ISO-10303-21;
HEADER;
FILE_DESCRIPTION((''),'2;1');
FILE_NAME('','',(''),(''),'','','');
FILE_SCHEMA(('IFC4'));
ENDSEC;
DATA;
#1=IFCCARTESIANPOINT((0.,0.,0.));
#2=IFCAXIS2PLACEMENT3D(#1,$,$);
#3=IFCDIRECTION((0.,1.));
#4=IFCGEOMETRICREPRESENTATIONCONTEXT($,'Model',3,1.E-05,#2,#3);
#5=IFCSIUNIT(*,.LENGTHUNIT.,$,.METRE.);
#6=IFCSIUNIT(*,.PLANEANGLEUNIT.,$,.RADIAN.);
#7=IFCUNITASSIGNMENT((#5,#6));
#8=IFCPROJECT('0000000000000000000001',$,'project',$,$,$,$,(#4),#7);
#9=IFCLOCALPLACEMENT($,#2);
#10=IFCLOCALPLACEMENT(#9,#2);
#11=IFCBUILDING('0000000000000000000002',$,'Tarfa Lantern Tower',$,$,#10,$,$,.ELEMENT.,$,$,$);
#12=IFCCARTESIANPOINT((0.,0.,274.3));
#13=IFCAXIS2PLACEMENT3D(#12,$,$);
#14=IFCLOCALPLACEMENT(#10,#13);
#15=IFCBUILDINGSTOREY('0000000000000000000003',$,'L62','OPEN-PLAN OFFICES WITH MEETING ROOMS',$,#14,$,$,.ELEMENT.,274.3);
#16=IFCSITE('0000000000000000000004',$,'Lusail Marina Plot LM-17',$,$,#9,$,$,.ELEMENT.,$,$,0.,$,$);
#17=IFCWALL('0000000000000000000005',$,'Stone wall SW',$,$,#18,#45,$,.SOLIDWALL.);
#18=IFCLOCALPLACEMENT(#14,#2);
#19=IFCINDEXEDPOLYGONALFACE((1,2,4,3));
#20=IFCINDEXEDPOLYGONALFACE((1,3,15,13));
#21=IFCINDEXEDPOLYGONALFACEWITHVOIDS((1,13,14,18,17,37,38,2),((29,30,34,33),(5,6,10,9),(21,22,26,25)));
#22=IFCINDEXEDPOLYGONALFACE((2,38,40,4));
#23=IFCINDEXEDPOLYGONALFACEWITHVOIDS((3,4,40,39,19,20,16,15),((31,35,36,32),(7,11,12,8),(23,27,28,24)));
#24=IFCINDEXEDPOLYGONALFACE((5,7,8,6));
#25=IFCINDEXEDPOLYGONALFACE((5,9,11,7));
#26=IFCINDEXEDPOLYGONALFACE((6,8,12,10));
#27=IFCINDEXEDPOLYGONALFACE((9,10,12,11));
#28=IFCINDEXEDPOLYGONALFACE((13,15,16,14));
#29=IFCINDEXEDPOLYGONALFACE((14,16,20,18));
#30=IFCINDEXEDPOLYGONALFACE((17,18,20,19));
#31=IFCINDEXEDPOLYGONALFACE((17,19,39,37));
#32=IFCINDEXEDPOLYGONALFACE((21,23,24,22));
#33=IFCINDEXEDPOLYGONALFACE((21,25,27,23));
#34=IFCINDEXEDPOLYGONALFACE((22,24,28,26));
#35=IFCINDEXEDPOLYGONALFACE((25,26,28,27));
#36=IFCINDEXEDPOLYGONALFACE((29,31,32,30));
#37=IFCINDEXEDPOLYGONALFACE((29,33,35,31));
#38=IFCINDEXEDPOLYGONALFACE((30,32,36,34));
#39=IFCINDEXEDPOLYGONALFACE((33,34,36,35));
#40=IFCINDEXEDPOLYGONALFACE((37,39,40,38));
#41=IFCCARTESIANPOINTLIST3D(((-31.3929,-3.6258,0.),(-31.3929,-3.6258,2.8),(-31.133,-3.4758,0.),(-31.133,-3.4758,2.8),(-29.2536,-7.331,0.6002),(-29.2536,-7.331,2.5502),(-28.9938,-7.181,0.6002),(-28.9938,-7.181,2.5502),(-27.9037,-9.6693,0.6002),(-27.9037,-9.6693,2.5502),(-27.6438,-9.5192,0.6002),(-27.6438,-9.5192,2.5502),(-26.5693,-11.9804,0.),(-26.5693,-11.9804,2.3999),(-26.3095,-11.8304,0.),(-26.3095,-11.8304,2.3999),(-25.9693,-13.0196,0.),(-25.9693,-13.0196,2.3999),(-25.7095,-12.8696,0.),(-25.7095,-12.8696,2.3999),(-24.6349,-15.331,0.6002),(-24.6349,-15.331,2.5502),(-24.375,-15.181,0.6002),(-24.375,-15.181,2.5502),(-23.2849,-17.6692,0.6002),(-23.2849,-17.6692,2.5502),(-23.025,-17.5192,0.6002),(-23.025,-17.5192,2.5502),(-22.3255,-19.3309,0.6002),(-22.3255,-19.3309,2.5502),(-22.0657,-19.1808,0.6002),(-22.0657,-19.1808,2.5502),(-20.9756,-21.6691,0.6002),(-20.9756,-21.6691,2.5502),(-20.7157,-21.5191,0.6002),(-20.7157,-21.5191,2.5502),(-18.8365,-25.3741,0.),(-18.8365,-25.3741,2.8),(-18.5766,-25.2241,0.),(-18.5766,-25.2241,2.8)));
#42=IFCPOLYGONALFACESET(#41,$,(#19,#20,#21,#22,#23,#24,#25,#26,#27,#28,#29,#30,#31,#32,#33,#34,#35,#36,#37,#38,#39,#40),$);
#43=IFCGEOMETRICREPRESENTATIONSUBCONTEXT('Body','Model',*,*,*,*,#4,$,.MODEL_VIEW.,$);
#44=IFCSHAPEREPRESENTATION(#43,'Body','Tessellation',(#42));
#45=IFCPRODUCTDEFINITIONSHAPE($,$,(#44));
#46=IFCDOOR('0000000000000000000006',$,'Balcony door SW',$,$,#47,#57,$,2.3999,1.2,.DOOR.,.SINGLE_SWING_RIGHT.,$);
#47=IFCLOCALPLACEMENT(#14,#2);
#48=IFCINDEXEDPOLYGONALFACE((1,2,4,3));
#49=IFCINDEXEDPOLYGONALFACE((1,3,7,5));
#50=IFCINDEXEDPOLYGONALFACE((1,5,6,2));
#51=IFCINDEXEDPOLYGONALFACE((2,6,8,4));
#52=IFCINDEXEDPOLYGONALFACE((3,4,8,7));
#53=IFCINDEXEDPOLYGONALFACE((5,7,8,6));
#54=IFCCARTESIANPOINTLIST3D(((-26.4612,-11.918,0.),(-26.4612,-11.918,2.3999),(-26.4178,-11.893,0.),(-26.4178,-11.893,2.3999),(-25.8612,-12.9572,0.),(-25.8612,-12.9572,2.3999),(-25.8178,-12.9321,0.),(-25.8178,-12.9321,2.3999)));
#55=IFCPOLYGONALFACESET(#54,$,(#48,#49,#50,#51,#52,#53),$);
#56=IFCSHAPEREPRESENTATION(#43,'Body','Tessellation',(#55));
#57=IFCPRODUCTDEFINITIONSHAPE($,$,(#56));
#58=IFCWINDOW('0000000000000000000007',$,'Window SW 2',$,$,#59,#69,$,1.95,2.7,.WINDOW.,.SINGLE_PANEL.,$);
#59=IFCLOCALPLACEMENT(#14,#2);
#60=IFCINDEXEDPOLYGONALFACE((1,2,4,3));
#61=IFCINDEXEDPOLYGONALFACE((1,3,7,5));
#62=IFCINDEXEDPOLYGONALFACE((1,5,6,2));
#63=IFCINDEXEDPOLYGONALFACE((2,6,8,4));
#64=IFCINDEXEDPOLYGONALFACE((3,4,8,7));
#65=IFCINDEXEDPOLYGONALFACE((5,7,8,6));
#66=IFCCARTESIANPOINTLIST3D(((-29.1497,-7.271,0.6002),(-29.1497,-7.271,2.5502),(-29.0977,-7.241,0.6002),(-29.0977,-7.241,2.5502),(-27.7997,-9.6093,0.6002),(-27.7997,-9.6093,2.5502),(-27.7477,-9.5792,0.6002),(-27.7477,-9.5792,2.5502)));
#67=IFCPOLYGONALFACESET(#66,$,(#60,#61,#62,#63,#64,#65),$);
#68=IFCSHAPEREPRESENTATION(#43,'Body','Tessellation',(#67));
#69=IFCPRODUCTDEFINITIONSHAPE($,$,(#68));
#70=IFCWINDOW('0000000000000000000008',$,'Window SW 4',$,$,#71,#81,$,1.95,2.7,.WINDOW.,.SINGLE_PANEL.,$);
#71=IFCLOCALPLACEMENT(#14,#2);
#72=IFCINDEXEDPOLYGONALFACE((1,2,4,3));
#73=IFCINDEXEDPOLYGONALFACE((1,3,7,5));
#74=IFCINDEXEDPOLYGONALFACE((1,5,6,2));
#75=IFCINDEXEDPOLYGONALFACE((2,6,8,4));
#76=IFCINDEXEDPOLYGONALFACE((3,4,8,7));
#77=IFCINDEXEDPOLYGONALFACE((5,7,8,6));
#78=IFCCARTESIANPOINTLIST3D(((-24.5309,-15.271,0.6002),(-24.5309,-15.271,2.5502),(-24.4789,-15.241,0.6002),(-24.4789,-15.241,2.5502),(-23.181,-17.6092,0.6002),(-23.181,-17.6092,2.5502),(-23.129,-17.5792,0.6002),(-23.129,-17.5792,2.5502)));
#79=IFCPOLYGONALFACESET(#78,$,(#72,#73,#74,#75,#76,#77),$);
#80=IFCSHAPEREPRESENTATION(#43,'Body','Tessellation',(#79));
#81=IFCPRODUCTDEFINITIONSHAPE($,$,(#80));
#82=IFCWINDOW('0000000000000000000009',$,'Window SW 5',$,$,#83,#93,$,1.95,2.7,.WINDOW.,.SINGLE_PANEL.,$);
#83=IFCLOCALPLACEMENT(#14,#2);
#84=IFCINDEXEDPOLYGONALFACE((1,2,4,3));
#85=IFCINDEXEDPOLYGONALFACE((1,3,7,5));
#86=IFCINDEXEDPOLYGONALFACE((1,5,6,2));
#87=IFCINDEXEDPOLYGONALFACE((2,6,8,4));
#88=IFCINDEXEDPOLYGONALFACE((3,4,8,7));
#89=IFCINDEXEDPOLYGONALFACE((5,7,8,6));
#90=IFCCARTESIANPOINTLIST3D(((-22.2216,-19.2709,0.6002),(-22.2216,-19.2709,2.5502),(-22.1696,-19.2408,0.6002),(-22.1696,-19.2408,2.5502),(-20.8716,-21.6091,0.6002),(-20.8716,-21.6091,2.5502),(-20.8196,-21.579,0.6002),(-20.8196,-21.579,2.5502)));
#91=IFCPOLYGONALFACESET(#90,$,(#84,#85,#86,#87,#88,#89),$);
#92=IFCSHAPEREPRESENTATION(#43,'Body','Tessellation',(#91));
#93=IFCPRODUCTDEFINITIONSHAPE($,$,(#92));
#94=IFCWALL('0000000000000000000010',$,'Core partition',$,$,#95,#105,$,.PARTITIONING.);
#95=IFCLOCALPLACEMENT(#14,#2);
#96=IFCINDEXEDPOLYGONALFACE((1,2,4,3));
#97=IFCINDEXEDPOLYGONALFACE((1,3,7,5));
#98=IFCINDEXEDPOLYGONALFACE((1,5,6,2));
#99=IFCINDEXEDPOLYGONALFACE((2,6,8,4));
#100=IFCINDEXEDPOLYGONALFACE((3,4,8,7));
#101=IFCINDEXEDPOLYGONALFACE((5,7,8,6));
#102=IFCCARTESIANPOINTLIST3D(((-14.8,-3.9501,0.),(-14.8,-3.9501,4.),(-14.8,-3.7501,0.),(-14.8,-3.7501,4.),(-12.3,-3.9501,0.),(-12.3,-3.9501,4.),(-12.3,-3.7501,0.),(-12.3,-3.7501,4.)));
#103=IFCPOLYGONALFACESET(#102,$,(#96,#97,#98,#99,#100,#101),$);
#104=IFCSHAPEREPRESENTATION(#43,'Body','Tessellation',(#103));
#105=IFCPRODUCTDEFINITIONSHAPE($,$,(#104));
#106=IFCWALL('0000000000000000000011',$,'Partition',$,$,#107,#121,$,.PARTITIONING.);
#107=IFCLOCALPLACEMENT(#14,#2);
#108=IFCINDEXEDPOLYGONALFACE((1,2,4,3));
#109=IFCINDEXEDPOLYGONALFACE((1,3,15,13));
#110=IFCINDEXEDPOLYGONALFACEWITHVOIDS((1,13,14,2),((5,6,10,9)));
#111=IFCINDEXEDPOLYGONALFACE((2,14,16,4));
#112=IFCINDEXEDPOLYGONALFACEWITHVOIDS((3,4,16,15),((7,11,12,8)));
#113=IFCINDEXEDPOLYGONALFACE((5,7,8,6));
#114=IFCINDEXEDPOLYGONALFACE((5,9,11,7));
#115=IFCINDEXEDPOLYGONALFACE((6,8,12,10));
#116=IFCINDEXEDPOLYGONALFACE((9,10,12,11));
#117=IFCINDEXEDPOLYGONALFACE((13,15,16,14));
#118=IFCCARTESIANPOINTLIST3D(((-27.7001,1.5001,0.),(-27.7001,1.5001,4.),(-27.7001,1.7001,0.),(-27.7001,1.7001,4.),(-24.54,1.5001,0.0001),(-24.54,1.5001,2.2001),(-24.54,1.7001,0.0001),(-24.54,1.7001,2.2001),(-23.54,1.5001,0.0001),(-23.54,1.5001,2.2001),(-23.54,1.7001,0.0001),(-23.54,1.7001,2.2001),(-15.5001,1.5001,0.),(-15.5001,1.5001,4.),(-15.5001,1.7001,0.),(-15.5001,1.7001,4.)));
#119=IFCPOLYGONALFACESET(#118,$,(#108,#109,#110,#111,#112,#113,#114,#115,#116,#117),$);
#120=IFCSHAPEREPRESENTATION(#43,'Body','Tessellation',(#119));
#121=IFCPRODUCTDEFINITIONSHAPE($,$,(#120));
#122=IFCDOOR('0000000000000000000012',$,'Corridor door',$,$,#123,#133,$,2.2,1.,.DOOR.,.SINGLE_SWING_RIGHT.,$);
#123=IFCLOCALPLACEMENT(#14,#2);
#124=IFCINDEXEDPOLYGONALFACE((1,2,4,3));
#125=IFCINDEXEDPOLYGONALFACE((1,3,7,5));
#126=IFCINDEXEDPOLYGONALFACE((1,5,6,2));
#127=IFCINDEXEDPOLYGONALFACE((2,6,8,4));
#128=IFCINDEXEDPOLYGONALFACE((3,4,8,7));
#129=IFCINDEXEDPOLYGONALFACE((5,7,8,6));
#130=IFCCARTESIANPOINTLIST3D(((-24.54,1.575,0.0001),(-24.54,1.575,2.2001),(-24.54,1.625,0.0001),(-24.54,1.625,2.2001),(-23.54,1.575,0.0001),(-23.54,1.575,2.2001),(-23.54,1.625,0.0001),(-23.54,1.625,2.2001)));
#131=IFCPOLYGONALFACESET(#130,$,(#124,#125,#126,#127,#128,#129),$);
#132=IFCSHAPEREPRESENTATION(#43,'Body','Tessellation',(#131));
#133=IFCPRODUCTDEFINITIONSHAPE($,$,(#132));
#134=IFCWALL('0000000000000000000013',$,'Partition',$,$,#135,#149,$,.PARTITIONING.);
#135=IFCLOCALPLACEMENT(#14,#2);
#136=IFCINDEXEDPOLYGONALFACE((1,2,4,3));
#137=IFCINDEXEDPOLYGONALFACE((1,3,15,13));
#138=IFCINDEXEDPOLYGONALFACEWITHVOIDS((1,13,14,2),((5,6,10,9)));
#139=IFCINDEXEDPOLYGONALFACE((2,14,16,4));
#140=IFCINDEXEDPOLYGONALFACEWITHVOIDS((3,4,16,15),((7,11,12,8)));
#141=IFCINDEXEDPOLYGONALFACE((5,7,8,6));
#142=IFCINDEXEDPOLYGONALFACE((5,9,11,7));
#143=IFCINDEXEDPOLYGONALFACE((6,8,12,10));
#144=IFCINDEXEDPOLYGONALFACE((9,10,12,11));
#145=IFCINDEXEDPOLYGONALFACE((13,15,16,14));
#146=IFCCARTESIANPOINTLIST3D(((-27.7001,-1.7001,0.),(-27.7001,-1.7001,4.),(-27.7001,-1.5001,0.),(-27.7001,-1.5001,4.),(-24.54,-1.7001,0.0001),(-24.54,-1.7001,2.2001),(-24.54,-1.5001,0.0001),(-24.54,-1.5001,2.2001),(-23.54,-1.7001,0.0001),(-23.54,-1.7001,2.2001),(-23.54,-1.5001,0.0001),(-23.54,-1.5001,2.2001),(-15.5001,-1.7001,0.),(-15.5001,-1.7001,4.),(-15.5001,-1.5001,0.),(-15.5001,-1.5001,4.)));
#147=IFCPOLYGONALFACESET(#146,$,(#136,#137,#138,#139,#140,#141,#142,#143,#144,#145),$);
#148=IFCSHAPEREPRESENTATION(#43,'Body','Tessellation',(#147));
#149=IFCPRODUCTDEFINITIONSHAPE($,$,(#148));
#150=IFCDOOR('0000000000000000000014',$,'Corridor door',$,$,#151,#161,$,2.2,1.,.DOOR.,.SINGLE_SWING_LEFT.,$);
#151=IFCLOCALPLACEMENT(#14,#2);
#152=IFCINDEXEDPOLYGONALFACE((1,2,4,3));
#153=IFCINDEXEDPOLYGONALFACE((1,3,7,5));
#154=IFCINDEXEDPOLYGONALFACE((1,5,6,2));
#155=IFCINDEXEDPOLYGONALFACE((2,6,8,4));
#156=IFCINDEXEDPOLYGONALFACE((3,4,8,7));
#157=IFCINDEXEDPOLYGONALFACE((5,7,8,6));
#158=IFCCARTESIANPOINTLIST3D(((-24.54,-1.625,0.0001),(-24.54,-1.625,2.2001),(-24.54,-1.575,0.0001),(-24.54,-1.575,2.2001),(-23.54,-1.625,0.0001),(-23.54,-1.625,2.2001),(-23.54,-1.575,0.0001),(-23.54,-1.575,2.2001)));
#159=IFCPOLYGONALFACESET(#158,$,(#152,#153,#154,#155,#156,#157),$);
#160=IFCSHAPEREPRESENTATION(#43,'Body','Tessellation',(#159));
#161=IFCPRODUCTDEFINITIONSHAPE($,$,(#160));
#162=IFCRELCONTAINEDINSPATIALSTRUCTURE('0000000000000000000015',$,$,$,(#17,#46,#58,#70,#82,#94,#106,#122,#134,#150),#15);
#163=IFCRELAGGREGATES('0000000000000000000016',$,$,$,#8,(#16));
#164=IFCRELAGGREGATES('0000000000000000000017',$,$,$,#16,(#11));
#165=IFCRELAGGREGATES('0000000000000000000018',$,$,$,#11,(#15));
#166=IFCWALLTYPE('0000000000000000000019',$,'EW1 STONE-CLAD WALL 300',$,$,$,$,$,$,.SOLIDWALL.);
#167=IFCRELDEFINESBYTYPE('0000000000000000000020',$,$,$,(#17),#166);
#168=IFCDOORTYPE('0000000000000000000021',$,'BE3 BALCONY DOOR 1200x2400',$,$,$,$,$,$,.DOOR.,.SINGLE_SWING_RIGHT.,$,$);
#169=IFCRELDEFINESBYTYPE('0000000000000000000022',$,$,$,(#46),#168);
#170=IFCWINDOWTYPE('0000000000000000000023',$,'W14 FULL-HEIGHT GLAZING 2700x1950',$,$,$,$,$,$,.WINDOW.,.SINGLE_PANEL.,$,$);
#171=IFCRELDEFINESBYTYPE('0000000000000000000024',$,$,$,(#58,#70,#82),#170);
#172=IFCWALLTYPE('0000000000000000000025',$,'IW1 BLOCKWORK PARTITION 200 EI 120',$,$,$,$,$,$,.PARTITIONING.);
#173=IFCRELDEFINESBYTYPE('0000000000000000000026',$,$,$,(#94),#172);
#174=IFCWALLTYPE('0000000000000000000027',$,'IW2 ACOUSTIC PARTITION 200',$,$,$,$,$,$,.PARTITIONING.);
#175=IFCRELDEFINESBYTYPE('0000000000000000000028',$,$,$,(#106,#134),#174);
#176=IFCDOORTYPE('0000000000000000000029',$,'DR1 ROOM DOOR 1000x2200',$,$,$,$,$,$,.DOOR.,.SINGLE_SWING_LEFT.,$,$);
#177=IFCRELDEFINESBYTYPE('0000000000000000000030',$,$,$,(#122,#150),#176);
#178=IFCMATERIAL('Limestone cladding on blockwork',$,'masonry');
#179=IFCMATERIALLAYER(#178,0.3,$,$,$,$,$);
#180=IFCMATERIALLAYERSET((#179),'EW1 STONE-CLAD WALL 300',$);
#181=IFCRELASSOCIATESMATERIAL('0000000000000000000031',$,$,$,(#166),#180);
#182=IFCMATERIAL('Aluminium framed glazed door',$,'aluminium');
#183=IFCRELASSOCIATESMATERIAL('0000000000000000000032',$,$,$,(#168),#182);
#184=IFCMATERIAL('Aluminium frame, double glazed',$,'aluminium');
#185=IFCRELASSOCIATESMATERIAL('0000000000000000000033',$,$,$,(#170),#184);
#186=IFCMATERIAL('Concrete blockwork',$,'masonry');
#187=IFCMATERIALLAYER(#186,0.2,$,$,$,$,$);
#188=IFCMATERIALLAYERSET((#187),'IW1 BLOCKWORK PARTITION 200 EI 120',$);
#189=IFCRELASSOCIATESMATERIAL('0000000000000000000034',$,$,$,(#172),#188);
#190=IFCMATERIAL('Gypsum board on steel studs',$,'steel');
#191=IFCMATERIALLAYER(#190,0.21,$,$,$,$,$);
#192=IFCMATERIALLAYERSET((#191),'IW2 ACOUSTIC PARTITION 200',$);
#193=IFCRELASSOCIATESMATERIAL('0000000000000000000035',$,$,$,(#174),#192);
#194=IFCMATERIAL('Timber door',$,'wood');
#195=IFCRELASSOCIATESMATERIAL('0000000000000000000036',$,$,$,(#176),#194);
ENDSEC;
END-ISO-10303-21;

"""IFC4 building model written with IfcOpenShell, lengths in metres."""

from ifc_helpers import new_model, si_unit, direction, frame, frame_2d, origin, place, context, subcontext, project, spatial, rectangle, extrude, material, layer, layer_set, type_object, element, fill, save


model = new_model("IFC4")

# Units and contexts
model_context = context("Model", 3, precision=1e-05, world=origin(), true_north=direction((0.0, 1.0)))
body_context = subcontext(model_context, "Body", "Model", "MODEL_VIEW")
ifc_project = project(units=[si_unit("LENGTHUNIT", "METRE"), si_unit("PLANEANGLEUNIT", "RADIAN")], contexts=[model_context])

# Site, building, storey
site_placement = place(None, origin())
site = spatial("IfcSite", under=ifc_project, at=site_placement, Name="Lusail Marina Plot LM-17", CompositionType="ELEMENT", RefElevation=0.0)
building_placement = place(site_placement, origin())
building = spatial("IfcBuilding", under=site, at=building_placement, Name="Tarfa Lantern Tower", CompositionType="ELEMENT")
storey_placement = place(building_placement, frame((0.0, 0.0, 274.3)))
storey = spatial("IfcBuildingStorey", under=building, at=storey_placement, Name="L62", Description="OPEN-PLAN OFFICES WITH MEETING ROOMS", CompositionType="ELEMENT", Elevation=274.3)

# Wall, openings, door, windows
ifc_material_1 = material(Name="Limestone cladding on blockwork", Category="masonry")
ifc_layer_1 = layer(ifc_material_1, 0.3)
ifc_layer_set_1 = layer_set([ifc_layer_1], Name="EW1 STONE-CLAD WALL 300")
wall_type_1 = type_object("IfcWallType", Name="EW1 STONE-CLAD WALL 300", PredefinedType="SOLIDWALL", material=ifc_layer_set_1)
wall_1_placement = place(storey_placement, frame((-31.2629, -3.5508, 0.0), z_axis=(0.0, 0.0, 1.0), x_axis=(0.5, -0.866025, 0.0)))
wall_1 = element("IfcWall", 1, at=wall_1_placement, inside=storey, type_object=wall_type_1, Name="Stone wall SW", PredefinedType="SOLIDWALL", context=body_context, shape_type="SweptSolid", body=[
    extrude(rectangle(XDim=25.1128, YDim=0.3, at=frame_2d((12.5564, 0.0))), origin(), (0.0, 0.0, 1.0), 2.8),
])
opening_1_placement = place(wall_1_placement, frame((4.2783, 0.0, 0.6001)))
opening_1 = element("IfcOpeningElement", 2, at=opening_1_placement, cuts=wall_1, PredefinedType="OPENING", context=body_context, shape_type="SweptSolid", body=[
    extrude(rectangle(XDim=2.7, YDim=1.95, at=frame_2d((1.3501, 0.9751))), frame((0.0, 0.1599, 0.0), z_axis=(0.0, -1.0, 0.0), x_axis=(1.0, 0.0, 0.0)), (0.0, 0.0, 1.0), 0.3201),
])
opening_2_placement = place(wall_1_placement, frame((9.647, 0.0, 0.0)))
opening_2 = element("IfcOpeningElement", 3, at=opening_2_placement, cuts=wall_1, PredefinedType="OPENING", context=body_context, shape_type="SweptSolid", body=[
    extrude(rectangle(XDim=1.2, YDim=2.3999, at=frame_2d((0.6001, 1.2))), frame((0.0, 0.1599, 0.0), z_axis=(0.0, -1.0, 0.0), x_axis=(1.0, 0.0, 0.0)), (0.0, 0.0, 1.0), 0.3201),
])
opening_3_placement = place(wall_1_placement, frame((13.5159, 0.0, 0.6001)))
opening_3 = element("IfcOpeningElement", 4, at=opening_3_placement, cuts=wall_1, PredefinedType="OPENING", context=body_context, shape_type="SweptSolid", body=[
    extrude(rectangle(XDim=2.7, YDim=1.95, at=frame_2d((1.3501, 0.9751))), frame((0.0, 0.1599, 0.0), z_axis=(0.0, -1.0, 0.0), x_axis=(1.0, 0.0, 0.0)), (0.0, 0.0, 1.0), 0.3201),
])
opening_4_placement = place(wall_1_placement, frame((18.1345, 0.0, 0.6001)))
opening_4 = element("IfcOpeningElement", 5, at=opening_4_placement, cuts=wall_1, PredefinedType="OPENING", context=body_context, shape_type="SweptSolid", body=[
    extrude(rectangle(XDim=2.7, YDim=1.95, at=frame_2d((1.3501, 0.9751))), frame((0.0, 0.1599, 0.0), z_axis=(0.0, -1.0, 0.0), x_axis=(1.0, 0.0, 0.0)), (0.0, 0.0, 1.0), 0.3201),
])
ifc_material_2 = material(Name="Aluminium framed glazed door", Category="aluminium")
door_type_1 = type_object("IfcDoorType", Name="BE3 BALCONY DOOR 1200x2400", OperationType="SINGLE_SWING_RIGHT", PredefinedType="DOOR", material=ifc_material_2)
door_1_placement = place(opening_2_placement, origin())
door_1 = element("IfcDoor", 6, at=door_1_placement, inside=storey, type_object=door_type_1, Name="Balcony door SW", OperationType="SINGLE_SWING_RIGHT", OverallHeight=2.3999, OverallWidth=1.2, PredefinedType="DOOR", context=body_context, shape_type="SweptSolid", body=[
    extrude(rectangle(XDim=1.2, YDim=2.3999, at=frame_2d((0.6001, 1.2))), frame((0.0, 0.0249, 0.0), z_axis=(0.0, -1.0, 0.0), x_axis=(1.0, 0.0, 0.0)), (0.0, 0.0, 1.0), 0.05),
])
fill(opening_2, door_1)
ifc_material_3 = material(Name="Aluminium frame, double glazed", Category="aluminium")
window_type = type_object("IfcWindowType", Name="W14 FULL-HEIGHT GLAZING 2700x1950", PartitioningType="SINGLE_PANEL", PredefinedType="WINDOW", material=ifc_material_3)
window_1_placement = place(opening_1_placement, origin())
window_1 = element("IfcWindow", 7, at=window_1_placement, inside=storey, type_object=window_type, Name="Window SW 2", OverallHeight=1.95, OverallWidth=2.7, PartitioningType="SINGLE_PANEL", PredefinedType="WINDOW", context=body_context, shape_type="SweptSolid", body=[
    extrude(rectangle(XDim=2.7, YDim=1.95, at=frame_2d((1.3501, 0.9751))), frame((0.0, 0.03, 0.0), z_axis=(0.0, -1.0, 0.0), x_axis=(1.0, 0.0, 0.0)), (0.0, 0.0, 1.0), 0.0601),
])
fill(opening_1, window_1)
window_2_placement = place(opening_3_placement, origin())
window_2 = element("IfcWindow", 8, at=window_2_placement, inside=storey, type_object=window_type, Name="Window SW 4", OverallHeight=1.95, OverallWidth=2.7, PartitioningType="SINGLE_PANEL", PredefinedType="WINDOW", context=body_context, shape_type="SweptSolid", body=[
    extrude(rectangle(XDim=2.7, YDim=1.95, at=frame_2d((1.3501, 0.9751))), frame((0.0, 0.03, 0.0), z_axis=(0.0, -1.0, 0.0), x_axis=(1.0, 0.0, 0.0)), (0.0, 0.0, 1.0), 0.0601),
])
fill(opening_3, window_2)
window_3_placement = place(opening_4_placement, origin())
window_3 = element("IfcWindow", 9, at=window_3_placement, inside=storey, type_object=window_type, Name="Window SW 5", OverallHeight=1.95, OverallWidth=2.7, PartitioningType="SINGLE_PANEL", PredefinedType="WINDOW", context=body_context, shape_type="SweptSolid", body=[
    extrude(rectangle(XDim=2.7, YDim=1.95, at=frame_2d((1.3501, 0.9751))), frame((0.0, 0.03, 0.0), z_axis=(0.0, -1.0, 0.0), x_axis=(1.0, 0.0, 0.0)), (0.0, 0.0, 1.0), 0.0601),
])
fill(opening_4, window_3)

# Wall
ifc_material_4 = material(Name="Concrete blockwork", Category="masonry")
ifc_layer_2 = layer(ifc_material_4, 0.2)
ifc_layer_set_2 = layer_set([ifc_layer_2], Name="IW1 BLOCKWORK PARTITION 200 EI 120")
wall_type_2 = type_object("IfcWallType", Name="IW1 BLOCKWORK PARTITION 200 EI 120", PredefinedType="PARTITIONING", material=ifc_layer_set_2)
wall_2_placement = place(storey_placement, frame((-12.3, -3.8501, 0.0), z_axis=(0.0, 0.0, 1.0), x_axis=(-1.0, 0.0, 0.0)))
element("IfcWall", 10, at=wall_2_placement, inside=storey, type_object=wall_type_2, Name="Core partition", PredefinedType="PARTITIONING", context=body_context, shape_type="SweptSolid", body=[
    extrude(rectangle(XDim=2.5, YDim=0.2, at=frame_2d((1.25, 0.0))), origin(), (0.0, 0.0, 1.0), 4.0),
])

# Walls, openings, doors
ifc_material_5 = material(Name="Gypsum board on steel studs", Category="steel")
ifc_layer_3 = layer(ifc_material_5, 0.21)
ifc_layer_set_3 = layer_set([ifc_layer_3], Name="IW2 ACOUSTIC PARTITION 200")
wall_type_3 = type_object("IfcWallType", Name="IW2 ACOUSTIC PARTITION 200", PredefinedType="PARTITIONING", material=ifc_layer_set_3)
wall_3_placement = place(storey_placement, frame((-15.5, 1.6001, 0.0), z_axis=(0.0, 0.0, 1.0), x_axis=(-1.0, 0.0, 0.0)))
wall_3 = element("IfcWall", 11, at=wall_3_placement, inside=storey, type_object=wall_type_3, Name="Partition", PredefinedType="PARTITIONING", context=body_context, shape_type="SweptSolid", body=[
    extrude(rectangle(XDim=12.2, YDim=0.2, at=frame_2d((6.1001, 0.0))), origin(), (0.0, 0.0, 1.0), 4.0),
])
opening_5_placement = place(wall_3_placement, frame((8.04, 0.0, 0.0)))
opening_5 = element("IfcOpeningElement", 12, at=opening_5_placement, cuts=wall_3, PredefinedType="OPENING", context=body_context, shape_type="SweptSolid", body=[
    extrude(rectangle(XDim=1.0, YDim=2.2, at=frame_2d((0.5, 1.1001))), frame((0.0, 0.1099, 0.0), z_axis=(0.0, -1.0, 0.0), x_axis=(1.0, 0.0, 0.0)), (0.0, 0.0, 1.0), 0.22),
])
ifc_material_6 = material(Name="Timber door", Category="wood")
door_type_2 = type_object("IfcDoorType", Name="DR1 ROOM DOOR 1000x2200", OperationType="SINGLE_SWING_LEFT", PredefinedType="DOOR", material=ifc_material_6)
door_2_placement = place(opening_5_placement, frame((1.0, 0.0, 0.0), z_axis=(0.0, 0.0, 1.0), x_axis=(-1.0, 0.0, 0.0)))
door_2 = element("IfcDoor", 13, at=door_2_placement, inside=storey, type_object=door_type_2, Name="Corridor door", OperationType="SINGLE_SWING_RIGHT", OverallHeight=2.2, OverallWidth=1.0, PredefinedType="DOOR", context=body_context, shape_type="SweptSolid", body=[
    extrude(rectangle(XDim=1.0, YDim=2.2, at=frame_2d((0.5, 1.1001))), frame((0.0, 0.0249, 0.0), z_axis=(0.0, -1.0, 0.0), x_axis=(1.0, 0.0, 0.0)), (0.0, 0.0, 1.0), 0.05),
])
fill(opening_5, door_2)
wall_4_placement = place(storey_placement, frame((-15.5, -1.6001, 0.0), z_axis=(0.0, 0.0, 1.0), x_axis=(-1.0, 0.0, 0.0)))
wall_4 = element("IfcWall", 14, at=wall_4_placement, inside=storey, type_object=wall_type_3, Name="Partition", PredefinedType="PARTITIONING", context=body_context, shape_type="SweptSolid", body=[
    extrude(rectangle(XDim=12.2, YDim=0.2, at=frame_2d((6.1001, 0.0))), origin(), (0.0, 0.0, 1.0), 4.0),
])
opening_6_placement = place(wall_4_placement, frame((8.04, 0.0, 0.0)))
opening_6 = element("IfcOpeningElement", 15, at=opening_6_placement, cuts=wall_4, PredefinedType="OPENING", context=body_context, shape_type="SweptSolid", body=[
    extrude(rectangle(XDim=1.0, YDim=2.2, at=frame_2d((0.5, 1.1001))), frame((0.0, 0.1099, 0.0), z_axis=(0.0, -1.0, 0.0), x_axis=(1.0, 0.0, 0.0)), (0.0, 0.0, 1.0), 0.22),
])
door_3_placement = place(opening_6_placement, origin())
door_3 = element("IfcDoor", 16, at=door_3_placement, inside=storey, type_object=door_type_2, Name="Corridor door", OperationType="SINGLE_SWING_LEFT", OverallHeight=2.2, OverallWidth=1.0, PredefinedType="DOOR", context=body_context, shape_type="SweptSolid", body=[
    extrude(rectangle(XDim=1.0, YDim=2.2, at=frame_2d((0.5, 1.1001))), frame((0.0, 0.0249, 0.0), z_axis=(0.0, -1.0, 0.0), x_axis=(1.0, 0.0, 0.0)), (0.0, 0.0, 1.0), 0.05),
])
fill(opening_6, door_3)

save(model, "model.ifc")
